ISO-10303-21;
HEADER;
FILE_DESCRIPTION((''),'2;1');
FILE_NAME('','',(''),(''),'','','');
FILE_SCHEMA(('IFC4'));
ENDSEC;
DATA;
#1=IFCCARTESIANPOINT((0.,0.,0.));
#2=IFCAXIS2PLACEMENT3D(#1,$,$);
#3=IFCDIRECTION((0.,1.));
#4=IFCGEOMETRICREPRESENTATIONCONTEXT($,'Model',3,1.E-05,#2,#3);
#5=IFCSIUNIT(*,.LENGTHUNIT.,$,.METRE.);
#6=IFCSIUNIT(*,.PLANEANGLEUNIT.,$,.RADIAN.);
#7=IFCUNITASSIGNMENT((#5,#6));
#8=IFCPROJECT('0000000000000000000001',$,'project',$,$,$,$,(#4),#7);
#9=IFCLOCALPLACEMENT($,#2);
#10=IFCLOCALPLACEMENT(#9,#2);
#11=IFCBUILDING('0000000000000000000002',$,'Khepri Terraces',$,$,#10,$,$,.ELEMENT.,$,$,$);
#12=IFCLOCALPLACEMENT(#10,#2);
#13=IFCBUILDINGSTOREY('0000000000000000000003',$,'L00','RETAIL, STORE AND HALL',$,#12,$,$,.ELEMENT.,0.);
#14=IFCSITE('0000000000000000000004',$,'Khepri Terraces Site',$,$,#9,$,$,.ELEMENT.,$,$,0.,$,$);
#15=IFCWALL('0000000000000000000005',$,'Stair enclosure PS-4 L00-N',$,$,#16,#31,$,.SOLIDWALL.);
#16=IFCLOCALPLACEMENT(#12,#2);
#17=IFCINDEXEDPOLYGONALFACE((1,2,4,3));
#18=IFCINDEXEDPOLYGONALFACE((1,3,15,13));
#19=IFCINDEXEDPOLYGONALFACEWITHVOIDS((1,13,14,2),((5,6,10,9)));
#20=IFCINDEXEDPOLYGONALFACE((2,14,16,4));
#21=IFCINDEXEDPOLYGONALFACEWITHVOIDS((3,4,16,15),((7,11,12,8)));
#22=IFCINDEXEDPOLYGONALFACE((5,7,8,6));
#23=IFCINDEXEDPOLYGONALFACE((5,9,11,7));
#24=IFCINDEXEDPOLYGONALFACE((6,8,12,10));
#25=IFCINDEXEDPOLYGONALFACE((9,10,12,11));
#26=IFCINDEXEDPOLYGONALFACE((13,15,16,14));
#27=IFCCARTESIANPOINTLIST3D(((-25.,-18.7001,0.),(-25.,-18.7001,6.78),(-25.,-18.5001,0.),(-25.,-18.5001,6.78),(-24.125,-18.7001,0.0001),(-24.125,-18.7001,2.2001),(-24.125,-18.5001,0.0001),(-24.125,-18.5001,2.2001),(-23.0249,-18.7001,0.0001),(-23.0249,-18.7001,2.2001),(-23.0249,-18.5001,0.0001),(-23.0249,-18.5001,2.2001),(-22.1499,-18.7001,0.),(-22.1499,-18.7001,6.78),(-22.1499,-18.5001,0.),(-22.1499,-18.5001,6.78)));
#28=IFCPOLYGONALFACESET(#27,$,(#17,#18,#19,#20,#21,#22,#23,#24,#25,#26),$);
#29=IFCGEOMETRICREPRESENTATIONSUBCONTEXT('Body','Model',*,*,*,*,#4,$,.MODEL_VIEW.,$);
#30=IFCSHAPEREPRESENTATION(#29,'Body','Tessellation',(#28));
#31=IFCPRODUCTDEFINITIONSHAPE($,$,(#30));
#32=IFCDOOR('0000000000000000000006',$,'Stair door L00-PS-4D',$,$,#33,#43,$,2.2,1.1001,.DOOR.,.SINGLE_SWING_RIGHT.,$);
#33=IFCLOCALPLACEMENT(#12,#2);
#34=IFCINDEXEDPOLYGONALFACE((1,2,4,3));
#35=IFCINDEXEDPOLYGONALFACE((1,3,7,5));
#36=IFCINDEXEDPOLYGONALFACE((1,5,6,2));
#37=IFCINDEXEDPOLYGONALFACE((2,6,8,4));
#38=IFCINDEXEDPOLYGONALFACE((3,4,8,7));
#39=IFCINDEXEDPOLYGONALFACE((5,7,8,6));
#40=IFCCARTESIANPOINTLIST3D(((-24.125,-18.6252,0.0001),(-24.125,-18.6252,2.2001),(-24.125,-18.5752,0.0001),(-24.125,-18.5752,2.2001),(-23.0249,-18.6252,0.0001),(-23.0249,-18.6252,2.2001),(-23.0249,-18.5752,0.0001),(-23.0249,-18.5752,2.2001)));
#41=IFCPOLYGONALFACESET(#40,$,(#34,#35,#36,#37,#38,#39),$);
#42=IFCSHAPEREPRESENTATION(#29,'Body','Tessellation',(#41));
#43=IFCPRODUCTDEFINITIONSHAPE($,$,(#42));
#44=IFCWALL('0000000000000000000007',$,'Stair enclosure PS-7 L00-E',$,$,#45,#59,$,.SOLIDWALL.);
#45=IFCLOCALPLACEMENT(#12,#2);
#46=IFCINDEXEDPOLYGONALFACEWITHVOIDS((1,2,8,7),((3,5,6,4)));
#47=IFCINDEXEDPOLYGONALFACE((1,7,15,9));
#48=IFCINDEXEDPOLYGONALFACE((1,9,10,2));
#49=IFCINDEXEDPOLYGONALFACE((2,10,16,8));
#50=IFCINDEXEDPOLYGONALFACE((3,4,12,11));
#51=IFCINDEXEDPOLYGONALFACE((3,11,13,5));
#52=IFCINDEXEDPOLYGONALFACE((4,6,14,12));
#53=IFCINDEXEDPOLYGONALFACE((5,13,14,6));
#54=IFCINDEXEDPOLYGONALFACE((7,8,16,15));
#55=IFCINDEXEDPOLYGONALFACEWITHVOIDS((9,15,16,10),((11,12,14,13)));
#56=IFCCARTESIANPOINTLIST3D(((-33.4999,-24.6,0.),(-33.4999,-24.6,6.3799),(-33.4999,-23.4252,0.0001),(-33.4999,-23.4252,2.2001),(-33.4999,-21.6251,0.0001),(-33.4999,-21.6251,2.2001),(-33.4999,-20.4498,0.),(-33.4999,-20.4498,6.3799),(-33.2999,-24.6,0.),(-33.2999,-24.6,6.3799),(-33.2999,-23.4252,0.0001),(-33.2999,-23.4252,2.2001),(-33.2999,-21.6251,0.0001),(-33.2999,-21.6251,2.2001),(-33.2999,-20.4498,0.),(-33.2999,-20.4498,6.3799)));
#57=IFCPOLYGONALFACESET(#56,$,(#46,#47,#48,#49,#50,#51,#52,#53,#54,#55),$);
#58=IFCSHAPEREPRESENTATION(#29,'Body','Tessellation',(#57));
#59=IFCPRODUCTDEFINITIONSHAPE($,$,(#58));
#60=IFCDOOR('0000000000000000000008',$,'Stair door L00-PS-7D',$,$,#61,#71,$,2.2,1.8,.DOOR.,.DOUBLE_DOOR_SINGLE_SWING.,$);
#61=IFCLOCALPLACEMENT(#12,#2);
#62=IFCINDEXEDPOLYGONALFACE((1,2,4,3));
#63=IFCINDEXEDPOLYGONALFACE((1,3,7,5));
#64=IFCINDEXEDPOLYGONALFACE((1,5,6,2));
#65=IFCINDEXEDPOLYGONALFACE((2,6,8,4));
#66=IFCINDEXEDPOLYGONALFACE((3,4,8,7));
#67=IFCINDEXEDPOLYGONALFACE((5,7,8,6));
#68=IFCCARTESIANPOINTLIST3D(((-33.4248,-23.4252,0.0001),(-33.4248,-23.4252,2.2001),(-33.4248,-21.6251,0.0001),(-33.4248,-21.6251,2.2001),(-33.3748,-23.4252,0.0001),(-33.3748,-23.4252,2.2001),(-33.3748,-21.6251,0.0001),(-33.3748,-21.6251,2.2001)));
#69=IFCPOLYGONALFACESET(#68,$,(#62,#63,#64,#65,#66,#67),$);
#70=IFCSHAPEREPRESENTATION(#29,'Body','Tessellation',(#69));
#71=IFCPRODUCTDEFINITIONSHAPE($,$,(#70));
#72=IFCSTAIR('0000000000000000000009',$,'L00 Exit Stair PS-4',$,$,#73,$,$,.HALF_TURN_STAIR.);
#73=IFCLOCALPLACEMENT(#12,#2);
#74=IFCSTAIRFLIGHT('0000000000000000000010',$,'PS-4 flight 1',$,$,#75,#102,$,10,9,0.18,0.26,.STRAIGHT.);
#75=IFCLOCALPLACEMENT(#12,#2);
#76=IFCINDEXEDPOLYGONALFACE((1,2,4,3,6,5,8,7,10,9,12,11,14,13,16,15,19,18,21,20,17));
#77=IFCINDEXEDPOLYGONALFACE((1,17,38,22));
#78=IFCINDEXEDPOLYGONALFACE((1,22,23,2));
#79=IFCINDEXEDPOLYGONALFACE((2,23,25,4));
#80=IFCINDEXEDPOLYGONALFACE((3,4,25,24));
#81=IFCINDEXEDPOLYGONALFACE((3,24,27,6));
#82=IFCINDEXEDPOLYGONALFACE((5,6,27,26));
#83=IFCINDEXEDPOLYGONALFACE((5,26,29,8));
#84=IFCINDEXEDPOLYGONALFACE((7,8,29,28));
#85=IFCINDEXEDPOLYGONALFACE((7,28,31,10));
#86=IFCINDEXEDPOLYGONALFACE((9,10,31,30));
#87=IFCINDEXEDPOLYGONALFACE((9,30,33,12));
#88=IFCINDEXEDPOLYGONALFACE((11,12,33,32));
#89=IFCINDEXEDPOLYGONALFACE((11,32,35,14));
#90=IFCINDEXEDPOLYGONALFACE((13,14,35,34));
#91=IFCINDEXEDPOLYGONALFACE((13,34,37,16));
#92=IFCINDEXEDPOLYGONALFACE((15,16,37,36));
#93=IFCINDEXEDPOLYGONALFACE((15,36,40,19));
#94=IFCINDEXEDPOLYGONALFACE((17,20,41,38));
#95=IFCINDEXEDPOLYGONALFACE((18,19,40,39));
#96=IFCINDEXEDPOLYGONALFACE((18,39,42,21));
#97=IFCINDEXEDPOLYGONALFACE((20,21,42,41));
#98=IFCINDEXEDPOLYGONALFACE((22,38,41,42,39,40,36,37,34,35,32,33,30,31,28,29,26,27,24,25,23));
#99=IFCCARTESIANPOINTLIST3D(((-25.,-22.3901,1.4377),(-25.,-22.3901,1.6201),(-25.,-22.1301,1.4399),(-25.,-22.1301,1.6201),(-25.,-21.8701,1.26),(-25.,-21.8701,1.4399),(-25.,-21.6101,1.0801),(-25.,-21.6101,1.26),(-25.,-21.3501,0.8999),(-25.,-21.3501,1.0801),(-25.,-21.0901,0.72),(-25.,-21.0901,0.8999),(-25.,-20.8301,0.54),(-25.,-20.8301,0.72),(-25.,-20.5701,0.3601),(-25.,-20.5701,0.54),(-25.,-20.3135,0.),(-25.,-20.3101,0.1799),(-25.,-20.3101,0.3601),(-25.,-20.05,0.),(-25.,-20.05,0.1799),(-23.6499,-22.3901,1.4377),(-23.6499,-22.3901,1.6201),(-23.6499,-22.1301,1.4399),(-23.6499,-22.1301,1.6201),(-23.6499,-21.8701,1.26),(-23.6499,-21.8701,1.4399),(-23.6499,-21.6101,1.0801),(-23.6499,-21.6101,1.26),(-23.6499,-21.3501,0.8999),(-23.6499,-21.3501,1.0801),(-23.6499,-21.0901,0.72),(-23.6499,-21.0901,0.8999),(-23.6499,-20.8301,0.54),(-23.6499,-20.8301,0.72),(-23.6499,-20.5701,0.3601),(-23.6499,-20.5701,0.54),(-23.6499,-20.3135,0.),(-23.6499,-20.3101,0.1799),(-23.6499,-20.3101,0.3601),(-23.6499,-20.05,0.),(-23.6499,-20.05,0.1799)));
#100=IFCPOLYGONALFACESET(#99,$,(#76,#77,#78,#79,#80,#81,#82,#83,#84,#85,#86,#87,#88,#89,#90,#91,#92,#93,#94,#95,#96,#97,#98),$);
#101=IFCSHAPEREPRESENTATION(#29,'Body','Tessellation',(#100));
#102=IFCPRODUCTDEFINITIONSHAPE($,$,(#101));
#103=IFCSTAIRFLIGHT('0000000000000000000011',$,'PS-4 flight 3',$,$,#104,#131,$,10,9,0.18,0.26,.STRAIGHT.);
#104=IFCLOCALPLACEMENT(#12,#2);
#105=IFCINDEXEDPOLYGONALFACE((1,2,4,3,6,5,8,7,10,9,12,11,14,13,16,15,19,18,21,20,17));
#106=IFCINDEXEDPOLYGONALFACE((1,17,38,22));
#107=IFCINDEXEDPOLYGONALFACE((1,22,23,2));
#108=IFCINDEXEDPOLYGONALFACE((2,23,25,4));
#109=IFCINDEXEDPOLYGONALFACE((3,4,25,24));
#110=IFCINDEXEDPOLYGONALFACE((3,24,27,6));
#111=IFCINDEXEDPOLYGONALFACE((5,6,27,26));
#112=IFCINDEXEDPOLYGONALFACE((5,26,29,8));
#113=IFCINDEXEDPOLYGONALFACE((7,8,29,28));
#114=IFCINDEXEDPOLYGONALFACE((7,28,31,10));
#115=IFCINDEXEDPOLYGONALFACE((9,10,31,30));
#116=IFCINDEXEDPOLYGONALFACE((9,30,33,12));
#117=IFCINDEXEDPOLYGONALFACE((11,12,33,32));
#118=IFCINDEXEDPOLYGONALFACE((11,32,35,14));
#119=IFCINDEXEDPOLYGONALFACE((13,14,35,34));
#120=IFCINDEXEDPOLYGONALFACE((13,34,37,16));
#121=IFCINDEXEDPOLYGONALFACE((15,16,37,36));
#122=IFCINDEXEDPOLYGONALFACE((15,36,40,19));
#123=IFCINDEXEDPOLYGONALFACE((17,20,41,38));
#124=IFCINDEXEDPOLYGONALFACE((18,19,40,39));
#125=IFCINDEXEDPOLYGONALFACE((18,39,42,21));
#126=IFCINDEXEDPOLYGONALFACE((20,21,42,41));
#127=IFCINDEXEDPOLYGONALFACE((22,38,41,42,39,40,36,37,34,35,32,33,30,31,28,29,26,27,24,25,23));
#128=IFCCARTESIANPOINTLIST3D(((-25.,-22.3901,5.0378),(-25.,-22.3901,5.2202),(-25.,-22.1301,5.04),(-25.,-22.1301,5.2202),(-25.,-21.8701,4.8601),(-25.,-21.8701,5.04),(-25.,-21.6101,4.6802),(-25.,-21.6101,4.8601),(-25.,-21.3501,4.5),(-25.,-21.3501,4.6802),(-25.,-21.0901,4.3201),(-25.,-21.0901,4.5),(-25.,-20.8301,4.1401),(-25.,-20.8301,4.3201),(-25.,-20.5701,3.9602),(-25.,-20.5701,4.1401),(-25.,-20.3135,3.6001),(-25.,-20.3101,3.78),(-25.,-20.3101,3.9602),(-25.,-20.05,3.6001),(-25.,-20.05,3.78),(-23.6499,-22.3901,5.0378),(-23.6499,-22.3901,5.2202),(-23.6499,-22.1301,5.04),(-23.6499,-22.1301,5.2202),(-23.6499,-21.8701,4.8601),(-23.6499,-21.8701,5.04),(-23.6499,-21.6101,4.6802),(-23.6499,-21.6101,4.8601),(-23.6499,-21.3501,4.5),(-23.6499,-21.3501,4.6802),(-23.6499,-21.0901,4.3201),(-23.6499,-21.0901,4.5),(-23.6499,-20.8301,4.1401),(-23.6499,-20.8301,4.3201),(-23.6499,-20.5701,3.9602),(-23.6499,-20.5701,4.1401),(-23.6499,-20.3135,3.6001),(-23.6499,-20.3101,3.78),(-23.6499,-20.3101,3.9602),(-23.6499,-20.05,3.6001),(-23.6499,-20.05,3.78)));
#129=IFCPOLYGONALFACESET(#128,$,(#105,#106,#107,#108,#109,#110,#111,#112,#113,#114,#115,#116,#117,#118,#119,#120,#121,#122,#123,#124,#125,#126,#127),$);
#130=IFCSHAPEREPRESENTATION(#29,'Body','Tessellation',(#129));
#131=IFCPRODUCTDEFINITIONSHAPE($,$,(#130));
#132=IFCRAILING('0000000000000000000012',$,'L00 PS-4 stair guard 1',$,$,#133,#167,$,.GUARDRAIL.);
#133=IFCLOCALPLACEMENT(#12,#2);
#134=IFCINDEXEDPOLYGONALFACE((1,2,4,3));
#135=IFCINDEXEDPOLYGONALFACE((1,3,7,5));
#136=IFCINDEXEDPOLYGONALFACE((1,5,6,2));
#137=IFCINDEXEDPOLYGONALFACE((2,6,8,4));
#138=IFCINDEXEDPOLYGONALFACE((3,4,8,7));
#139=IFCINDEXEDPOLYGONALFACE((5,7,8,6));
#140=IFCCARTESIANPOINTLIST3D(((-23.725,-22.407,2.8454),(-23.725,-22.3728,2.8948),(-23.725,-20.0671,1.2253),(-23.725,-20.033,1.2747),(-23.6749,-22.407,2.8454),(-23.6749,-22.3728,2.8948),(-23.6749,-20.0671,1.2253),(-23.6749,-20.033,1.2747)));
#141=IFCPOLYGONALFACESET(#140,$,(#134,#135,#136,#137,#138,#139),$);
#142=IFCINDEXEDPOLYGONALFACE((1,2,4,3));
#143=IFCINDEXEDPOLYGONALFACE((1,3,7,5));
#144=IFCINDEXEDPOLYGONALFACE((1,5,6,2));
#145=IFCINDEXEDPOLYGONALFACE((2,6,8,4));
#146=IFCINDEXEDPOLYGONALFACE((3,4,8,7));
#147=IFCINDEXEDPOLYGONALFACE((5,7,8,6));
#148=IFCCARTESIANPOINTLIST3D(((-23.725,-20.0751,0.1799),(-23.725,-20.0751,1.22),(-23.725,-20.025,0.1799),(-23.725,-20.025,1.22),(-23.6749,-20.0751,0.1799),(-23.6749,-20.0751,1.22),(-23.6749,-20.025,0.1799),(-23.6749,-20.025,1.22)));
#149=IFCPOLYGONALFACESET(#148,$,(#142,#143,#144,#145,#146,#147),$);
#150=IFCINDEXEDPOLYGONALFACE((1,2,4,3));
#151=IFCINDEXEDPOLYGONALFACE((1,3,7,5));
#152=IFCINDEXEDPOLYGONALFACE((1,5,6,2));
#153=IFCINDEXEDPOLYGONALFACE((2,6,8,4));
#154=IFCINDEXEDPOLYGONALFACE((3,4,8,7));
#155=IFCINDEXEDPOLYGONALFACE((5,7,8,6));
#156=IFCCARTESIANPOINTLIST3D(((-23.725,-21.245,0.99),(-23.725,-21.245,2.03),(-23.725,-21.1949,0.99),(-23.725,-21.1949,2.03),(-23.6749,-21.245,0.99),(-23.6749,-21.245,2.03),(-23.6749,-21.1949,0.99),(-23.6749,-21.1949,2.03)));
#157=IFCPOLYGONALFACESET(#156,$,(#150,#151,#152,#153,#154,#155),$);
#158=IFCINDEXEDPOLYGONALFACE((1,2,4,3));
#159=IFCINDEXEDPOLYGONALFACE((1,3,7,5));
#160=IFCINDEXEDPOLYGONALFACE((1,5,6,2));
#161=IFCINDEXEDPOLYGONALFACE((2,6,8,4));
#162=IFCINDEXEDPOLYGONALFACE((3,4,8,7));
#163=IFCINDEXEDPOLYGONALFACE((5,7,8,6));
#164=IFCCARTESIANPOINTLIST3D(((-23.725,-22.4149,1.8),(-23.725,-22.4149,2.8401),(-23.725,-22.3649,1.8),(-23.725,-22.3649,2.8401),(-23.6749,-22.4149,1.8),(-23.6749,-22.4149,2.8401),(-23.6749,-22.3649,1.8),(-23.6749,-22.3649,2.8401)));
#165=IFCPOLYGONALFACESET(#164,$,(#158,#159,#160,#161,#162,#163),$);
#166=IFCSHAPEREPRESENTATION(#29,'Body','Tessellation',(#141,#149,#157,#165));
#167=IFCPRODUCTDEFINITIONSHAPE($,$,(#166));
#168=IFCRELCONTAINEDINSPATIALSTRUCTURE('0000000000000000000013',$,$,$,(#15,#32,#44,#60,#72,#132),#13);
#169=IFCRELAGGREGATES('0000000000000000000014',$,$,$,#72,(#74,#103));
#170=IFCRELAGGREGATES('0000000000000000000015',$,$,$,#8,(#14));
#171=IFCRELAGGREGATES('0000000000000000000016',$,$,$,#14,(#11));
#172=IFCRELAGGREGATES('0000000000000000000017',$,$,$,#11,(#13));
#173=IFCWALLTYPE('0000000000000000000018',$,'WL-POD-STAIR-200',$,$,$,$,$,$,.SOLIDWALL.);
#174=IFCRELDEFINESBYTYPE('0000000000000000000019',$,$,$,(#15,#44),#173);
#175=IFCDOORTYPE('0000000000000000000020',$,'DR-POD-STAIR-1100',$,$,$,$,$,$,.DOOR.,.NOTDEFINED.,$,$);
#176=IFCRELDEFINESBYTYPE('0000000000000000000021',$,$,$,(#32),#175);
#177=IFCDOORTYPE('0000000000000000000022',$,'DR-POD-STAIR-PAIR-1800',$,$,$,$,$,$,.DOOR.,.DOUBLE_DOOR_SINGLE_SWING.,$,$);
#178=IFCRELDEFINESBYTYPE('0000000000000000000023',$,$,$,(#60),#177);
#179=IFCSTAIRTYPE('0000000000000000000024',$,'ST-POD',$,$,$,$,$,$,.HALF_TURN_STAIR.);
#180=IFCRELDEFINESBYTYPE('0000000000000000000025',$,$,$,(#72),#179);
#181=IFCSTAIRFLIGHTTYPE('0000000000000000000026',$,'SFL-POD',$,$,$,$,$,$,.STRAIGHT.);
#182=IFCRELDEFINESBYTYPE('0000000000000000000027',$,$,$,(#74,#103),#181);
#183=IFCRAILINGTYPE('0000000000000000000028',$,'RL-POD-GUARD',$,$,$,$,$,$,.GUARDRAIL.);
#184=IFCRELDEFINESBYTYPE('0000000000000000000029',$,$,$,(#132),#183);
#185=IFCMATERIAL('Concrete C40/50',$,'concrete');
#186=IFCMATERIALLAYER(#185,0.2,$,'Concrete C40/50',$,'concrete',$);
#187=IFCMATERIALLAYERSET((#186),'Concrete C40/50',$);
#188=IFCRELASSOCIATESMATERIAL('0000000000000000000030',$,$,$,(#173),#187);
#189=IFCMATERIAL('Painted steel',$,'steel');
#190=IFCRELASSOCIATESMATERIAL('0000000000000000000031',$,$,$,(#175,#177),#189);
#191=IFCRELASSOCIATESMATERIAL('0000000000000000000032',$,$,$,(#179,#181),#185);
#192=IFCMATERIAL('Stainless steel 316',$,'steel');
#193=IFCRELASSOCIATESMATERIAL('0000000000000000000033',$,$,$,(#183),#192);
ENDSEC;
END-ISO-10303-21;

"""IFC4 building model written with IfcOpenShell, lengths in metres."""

from ifc_helpers import new_model, si_unit, direction, frame, frame_2d, origin, origin_2d, place, context, subcontext, project, spatial, polyline, rectangle, outline, extrude, material, layer, layer_set, type_object, element, fill, aggregate, save


model = new_model("IFC4")

# Units and contexts
model_context = context("Model", 3, precision=1e-05, world=origin(), true_north=direction((0.0, 1.0)))
body_context = subcontext(model_context, "Body", "Model", "MODEL_VIEW")
ifc_project = project(units=[si_unit("LENGTHUNIT", "METRE"), si_unit("PLANEANGLEUNIT", "RADIAN")], contexts=[model_context])

# Site, building, storey
site_placement = place(None, origin())
site = spatial("IfcSite", under=ifc_project, at=site_placement, Name="Khepri Terraces Site", CompositionType="ELEMENT", RefElevation=0.0)
building_placement = place(site_placement, origin())
building = spatial("IfcBuilding", under=site, at=building_placement, Name="Khepri Terraces", CompositionType="ELEMENT")
storey_placement = place(building_placement, origin())
storey = spatial("IfcBuildingStorey", under=building, at=storey_placement, Name="L00", Description="RETAIL, STORE AND HALL", CompositionType="ELEMENT", Elevation=0.0)

# Shared definitions
ifc_material_1 = material(Name="Painted steel", Category="steel")

# Shared definitions
ifc_material_2 = material(Name="Concrete C40/50", Category="concrete")
ifc_layer_1 = layer(ifc_material_2, 0.2, Name="Concrete C40/50", Category="concrete")
ifc_layer_set_1 = layer_set([ifc_layer_1], Name="Concrete C40/50")
wall_type_1 = type_object("IfcWallType", Name="WL-POD-STAIR-200", PredefinedType="SOLIDWALL", material=ifc_layer_set_1)

# Walls, openings, doors
wall_1_placement = place(storey_placement, frame((-25.0, -18.6001, 0.0), z_axis=(0.0, 0.0, 1.0), x_axis=(1.0, 0.0, 0.0)))
wall_1 = element("IfcWall", 1, at=wall_1_placement, inside=storey, type_object=wall_type_1, Name="Stair enclosure PS-4 L00-N", PredefinedType="SOLIDWALL", context=body_context, shape_type="SweptSolid", body=[
    extrude(rectangle(XDim=2.8501, YDim=0.2, at=frame_2d((1.425, 0.0))), origin(), (0.0, 0.0, 1.0), 6.78),
])
opening_1_placement = place(wall_1_placement, frame((0.875, 0.0, 0.0)))
opening_1 = element("IfcOpeningElement", 2, at=opening_1_placement, cuts=wall_1, PredefinedType="OPENING", context=body_context, shape_type="SweptSolid", body=[
    extrude(rectangle(XDim=1.1001, YDim=2.2, at=frame_2d((0.55, 1.1001))), frame((0.0, 0.1099, 0.0), z_axis=(0.0, -1.0, 0.0), x_axis=(1.0, 0.0, 0.0)), (0.0, 0.0, 1.0), 0.22),
])
door_type_1 = type_object("IfcDoorType", Name="DR-POD-STAIR-1100", OperationType="NOTDEFINED", PredefinedType="DOOR", material=ifc_material_1)
door_1_placement = place(opening_1_placement, origin())
door_1 = element("IfcDoor", 3, at=door_1_placement, inside=storey, type_object=door_type_1, Name="Stair door L00-PS-4D", OperationType="SINGLE_SWING_RIGHT", OverallHeight=2.2, OverallWidth=1.1001, PredefinedType="DOOR", context=body_context, shape_type="SweptSolid", body=[
    extrude(rectangle(XDim=1.1001, YDim=2.2, at=frame_2d((0.55, 1.1001))), frame((0.0, 0.0249, 0.0), z_axis=(0.0, -1.0, 0.0), x_axis=(1.0, 0.0, 0.0)), (0.0, 0.0, 1.0), 0.05),
])
fill(opening_1, door_1)
wall_2_placement = place(storey_placement, frame((-33.3999, -24.6001, 0.0), z_axis=(0.0, 0.0, 1.0), x_axis=(0.0, 1.0, 0.0)))
wall_2 = element("IfcWall", 4, at=wall_2_placement, inside=storey, type_object=wall_type_1, Name="Stair enclosure PS-7 L00-E", PredefinedType="SOLIDWALL", context=body_context, shape_type="SweptSolid", body=[
    extrude(rectangle(XDim=4.1501, YDim=0.2, at=frame_2d((2.0752, 0.0))), origin(), (0.0, 0.0, 1.0), 6.3799),
])
opening_2_placement = place(wall_2_placement, frame((1.175, 0.0, 0.0)))
opening_2 = element("IfcOpeningElement", 5, at=opening_2_placement, cuts=wall_2, PredefinedType="OPENING", context=body_context, shape_type="SweptSolid", body=[
    extrude(rectangle(XDim=1.8, YDim=2.2, at=frame_2d((0.8999, 1.1001))), frame((0.0, 0.1099, 0.0), z_axis=(0.0, -1.0, 0.0), x_axis=(1.0, 0.0, 0.0)), (0.0, 0.0, 1.0), 0.22),
])
door_type_2 = type_object("IfcDoorType", Name="DR-POD-STAIR-PAIR-1800", OperationType="DOUBLE_DOOR_SINGLE_SWING", PredefinedType="DOOR", material=ifc_material_1)
door_2_placement = place(opening_2_placement, origin())
door_2 = element("IfcDoor", 6, at=door_2_placement, inside=storey, type_object=door_type_2, Name="Stair door L00-PS-7D", OperationType="DOUBLE_DOOR_SINGLE_SWING", OverallHeight=2.2, OverallWidth=1.8, PredefinedType="DOOR", context=body_context, shape_type="SweptSolid", body=[
    extrude(rectangle(XDim=1.8, YDim=2.2, at=frame_2d((0.8999, 1.1001))), frame((0.0, 0.0249, 0.0), z_axis=(0.0, -1.0, 0.0), x_axis=(1.0, 0.0, 0.0)), (0.0, 0.0, 1.0), 0.05),
])
fill(opening_2, door_2)

# Stair, stair flights
stair_type = type_object("IfcStairType", Name="ST-POD", PredefinedType="HALF_TURN_STAIR", material=ifc_material_2)
stair_placement = place(storey_placement, origin())
stair = element("IfcStair", 7, at=stair_placement, inside=storey, type_object=stair_type, Name="L00 Exit Stair PS-4", PredefinedType="HALF_TURN_STAIR")
stair_flight_type = type_object("IfcStairFlightType", Name="SFL-POD", PredefinedType="STRAIGHT", material=ifc_material_2)
stair_flight_1_placement = place(storey_placement, frame((-24.325, -20.05, 0.0), z_axis=(0.0, 0.0, 1.0), x_axis=(0.0, -1.0, 0.0)))
stair_flight_1 = element("IfcStairFlight", 8, at=stair_flight_1_placement, type_object=stair_flight_type, Name="PS-4 flight 1", NumberOfRisers=10, NumberOfTreads=9, PredefinedType="STRAIGHT", RiserHeight=0.18, TreadLength=0.26, context=body_context, shape_type="SweptSolid", body=[
    extrude(outline(polyline([(0.0, 0.0), (0.0, 0.1799), (0.26, 0.1799), (0.26, 0.3601), (0.52, 0.3601), (0.52, 0.54), (0.78, 0.54), (0.78, 0.72), (1.04, 0.72), (1.04, 0.8999), (1.3, 0.8999), (1.3, 1.0801), (1.5601, 1.0801), (1.5601, 1.26), (1.8201, 1.26), (1.8201, 1.4399), (2.0801, 1.4399), (2.0801, 1.6201), (2.3401, 1.6201), (2.3401, 1.8), (2.3401, 1.4377), (0.2634, 0.0), (0.0, 0.0)])), frame((0.0, 0.675, 0.0), z_axis=(0.0, -1.0, 0.0), x_axis=(1.0, 0.0, 0.0)), (0.0, 0.0, 1.0), 1.3501),
])
stair_flight_2_placement = place(storey_placement, frame((-24.325, -20.05, 3.6001), z_axis=(0.0, 0.0, 1.0), x_axis=(0.0, -1.0, 0.0)))
stair_flight_2 = element("IfcStairFlight", 9, at=stair_flight_2_placement, type_object=stair_flight_type, Name="PS-4 flight 3", NumberOfRisers=10, NumberOfTreads=9, PredefinedType="STRAIGHT", RiserHeight=0.18, TreadLength=0.26, context=body_context, shape_type="SweptSolid", body=[
    extrude(outline(polyline([(0.0, 0.0), (0.0, 0.1799), (0.26, 0.1799), (0.26, 0.3601), (0.52, 0.3601), (0.52, 0.54), (0.78, 0.54), (0.78, 0.72), (1.04, 0.72), (1.04, 0.8999), (1.3, 0.8999), (1.3, 1.0801), (1.5601, 1.0801), (1.5601, 1.26), (1.8201, 1.26), (1.8201, 1.4399), (2.0801, 1.4399), (2.0801, 1.6201), (2.3401, 1.6201), (2.3401, 1.8), (2.3401, 1.4377), (0.2634, 0.0), (0.0, 0.0)])), frame((0.0, 0.675, 0.0), z_axis=(0.0, -1.0, 0.0), x_axis=(1.0, 0.0, 0.0)), (0.0, 0.0, 1.0), 1.3501),
])
aggregate(stair, [stair_flight_1, stair_flight_2])

# Railing
ifc_material_3 = material(Name="Stainless steel 316", Category="steel")
railing_type_1 = type_object("IfcRailingType", Name="RL-POD-GUARD", PredefinedType="GUARDRAIL", material=ifc_material_3)
railing_1_placement = place(storey_placement, frame((-23.7, -20.05, 0.1799)))
element("IfcRailing", 10, at=railing_1_placement, inside=storey, type_object=railing_type_1, Name="L00 PS-4 stair guard 1", PredefinedType="GUARDRAIL", context=body_context, shape_type="SweptSolid", body=[
    extrude(rectangle(XDim=0.05, YDim=0.0601, at=origin_2d()), frame((0.0, 0.0, 1.0701), z_axis=(0.0, -0.822155, 0.569264), x_axis=(1.0, 0.0, 0.0)), (0.0, 0.0, 1.0), 2.8459),
    extrude(rectangle(XDim=0.05, YDim=0.05, at=origin_2d()), origin(), (0.0, 0.0, 1.0), 1.04),
    extrude(rectangle(XDim=0.05, YDim=0.05, at=origin_2d()), frame((0.0, -1.1699, 0.8101)), (0.0, 0.0, 1.0), 1.04),
    extrude(rectangle(XDim=0.05, YDim=0.05, at=origin_2d()), frame((0.0, -2.3398, 1.6201)), (0.0, 0.0, 1.0), 1.04),
])

save(model, "model.ifc")
